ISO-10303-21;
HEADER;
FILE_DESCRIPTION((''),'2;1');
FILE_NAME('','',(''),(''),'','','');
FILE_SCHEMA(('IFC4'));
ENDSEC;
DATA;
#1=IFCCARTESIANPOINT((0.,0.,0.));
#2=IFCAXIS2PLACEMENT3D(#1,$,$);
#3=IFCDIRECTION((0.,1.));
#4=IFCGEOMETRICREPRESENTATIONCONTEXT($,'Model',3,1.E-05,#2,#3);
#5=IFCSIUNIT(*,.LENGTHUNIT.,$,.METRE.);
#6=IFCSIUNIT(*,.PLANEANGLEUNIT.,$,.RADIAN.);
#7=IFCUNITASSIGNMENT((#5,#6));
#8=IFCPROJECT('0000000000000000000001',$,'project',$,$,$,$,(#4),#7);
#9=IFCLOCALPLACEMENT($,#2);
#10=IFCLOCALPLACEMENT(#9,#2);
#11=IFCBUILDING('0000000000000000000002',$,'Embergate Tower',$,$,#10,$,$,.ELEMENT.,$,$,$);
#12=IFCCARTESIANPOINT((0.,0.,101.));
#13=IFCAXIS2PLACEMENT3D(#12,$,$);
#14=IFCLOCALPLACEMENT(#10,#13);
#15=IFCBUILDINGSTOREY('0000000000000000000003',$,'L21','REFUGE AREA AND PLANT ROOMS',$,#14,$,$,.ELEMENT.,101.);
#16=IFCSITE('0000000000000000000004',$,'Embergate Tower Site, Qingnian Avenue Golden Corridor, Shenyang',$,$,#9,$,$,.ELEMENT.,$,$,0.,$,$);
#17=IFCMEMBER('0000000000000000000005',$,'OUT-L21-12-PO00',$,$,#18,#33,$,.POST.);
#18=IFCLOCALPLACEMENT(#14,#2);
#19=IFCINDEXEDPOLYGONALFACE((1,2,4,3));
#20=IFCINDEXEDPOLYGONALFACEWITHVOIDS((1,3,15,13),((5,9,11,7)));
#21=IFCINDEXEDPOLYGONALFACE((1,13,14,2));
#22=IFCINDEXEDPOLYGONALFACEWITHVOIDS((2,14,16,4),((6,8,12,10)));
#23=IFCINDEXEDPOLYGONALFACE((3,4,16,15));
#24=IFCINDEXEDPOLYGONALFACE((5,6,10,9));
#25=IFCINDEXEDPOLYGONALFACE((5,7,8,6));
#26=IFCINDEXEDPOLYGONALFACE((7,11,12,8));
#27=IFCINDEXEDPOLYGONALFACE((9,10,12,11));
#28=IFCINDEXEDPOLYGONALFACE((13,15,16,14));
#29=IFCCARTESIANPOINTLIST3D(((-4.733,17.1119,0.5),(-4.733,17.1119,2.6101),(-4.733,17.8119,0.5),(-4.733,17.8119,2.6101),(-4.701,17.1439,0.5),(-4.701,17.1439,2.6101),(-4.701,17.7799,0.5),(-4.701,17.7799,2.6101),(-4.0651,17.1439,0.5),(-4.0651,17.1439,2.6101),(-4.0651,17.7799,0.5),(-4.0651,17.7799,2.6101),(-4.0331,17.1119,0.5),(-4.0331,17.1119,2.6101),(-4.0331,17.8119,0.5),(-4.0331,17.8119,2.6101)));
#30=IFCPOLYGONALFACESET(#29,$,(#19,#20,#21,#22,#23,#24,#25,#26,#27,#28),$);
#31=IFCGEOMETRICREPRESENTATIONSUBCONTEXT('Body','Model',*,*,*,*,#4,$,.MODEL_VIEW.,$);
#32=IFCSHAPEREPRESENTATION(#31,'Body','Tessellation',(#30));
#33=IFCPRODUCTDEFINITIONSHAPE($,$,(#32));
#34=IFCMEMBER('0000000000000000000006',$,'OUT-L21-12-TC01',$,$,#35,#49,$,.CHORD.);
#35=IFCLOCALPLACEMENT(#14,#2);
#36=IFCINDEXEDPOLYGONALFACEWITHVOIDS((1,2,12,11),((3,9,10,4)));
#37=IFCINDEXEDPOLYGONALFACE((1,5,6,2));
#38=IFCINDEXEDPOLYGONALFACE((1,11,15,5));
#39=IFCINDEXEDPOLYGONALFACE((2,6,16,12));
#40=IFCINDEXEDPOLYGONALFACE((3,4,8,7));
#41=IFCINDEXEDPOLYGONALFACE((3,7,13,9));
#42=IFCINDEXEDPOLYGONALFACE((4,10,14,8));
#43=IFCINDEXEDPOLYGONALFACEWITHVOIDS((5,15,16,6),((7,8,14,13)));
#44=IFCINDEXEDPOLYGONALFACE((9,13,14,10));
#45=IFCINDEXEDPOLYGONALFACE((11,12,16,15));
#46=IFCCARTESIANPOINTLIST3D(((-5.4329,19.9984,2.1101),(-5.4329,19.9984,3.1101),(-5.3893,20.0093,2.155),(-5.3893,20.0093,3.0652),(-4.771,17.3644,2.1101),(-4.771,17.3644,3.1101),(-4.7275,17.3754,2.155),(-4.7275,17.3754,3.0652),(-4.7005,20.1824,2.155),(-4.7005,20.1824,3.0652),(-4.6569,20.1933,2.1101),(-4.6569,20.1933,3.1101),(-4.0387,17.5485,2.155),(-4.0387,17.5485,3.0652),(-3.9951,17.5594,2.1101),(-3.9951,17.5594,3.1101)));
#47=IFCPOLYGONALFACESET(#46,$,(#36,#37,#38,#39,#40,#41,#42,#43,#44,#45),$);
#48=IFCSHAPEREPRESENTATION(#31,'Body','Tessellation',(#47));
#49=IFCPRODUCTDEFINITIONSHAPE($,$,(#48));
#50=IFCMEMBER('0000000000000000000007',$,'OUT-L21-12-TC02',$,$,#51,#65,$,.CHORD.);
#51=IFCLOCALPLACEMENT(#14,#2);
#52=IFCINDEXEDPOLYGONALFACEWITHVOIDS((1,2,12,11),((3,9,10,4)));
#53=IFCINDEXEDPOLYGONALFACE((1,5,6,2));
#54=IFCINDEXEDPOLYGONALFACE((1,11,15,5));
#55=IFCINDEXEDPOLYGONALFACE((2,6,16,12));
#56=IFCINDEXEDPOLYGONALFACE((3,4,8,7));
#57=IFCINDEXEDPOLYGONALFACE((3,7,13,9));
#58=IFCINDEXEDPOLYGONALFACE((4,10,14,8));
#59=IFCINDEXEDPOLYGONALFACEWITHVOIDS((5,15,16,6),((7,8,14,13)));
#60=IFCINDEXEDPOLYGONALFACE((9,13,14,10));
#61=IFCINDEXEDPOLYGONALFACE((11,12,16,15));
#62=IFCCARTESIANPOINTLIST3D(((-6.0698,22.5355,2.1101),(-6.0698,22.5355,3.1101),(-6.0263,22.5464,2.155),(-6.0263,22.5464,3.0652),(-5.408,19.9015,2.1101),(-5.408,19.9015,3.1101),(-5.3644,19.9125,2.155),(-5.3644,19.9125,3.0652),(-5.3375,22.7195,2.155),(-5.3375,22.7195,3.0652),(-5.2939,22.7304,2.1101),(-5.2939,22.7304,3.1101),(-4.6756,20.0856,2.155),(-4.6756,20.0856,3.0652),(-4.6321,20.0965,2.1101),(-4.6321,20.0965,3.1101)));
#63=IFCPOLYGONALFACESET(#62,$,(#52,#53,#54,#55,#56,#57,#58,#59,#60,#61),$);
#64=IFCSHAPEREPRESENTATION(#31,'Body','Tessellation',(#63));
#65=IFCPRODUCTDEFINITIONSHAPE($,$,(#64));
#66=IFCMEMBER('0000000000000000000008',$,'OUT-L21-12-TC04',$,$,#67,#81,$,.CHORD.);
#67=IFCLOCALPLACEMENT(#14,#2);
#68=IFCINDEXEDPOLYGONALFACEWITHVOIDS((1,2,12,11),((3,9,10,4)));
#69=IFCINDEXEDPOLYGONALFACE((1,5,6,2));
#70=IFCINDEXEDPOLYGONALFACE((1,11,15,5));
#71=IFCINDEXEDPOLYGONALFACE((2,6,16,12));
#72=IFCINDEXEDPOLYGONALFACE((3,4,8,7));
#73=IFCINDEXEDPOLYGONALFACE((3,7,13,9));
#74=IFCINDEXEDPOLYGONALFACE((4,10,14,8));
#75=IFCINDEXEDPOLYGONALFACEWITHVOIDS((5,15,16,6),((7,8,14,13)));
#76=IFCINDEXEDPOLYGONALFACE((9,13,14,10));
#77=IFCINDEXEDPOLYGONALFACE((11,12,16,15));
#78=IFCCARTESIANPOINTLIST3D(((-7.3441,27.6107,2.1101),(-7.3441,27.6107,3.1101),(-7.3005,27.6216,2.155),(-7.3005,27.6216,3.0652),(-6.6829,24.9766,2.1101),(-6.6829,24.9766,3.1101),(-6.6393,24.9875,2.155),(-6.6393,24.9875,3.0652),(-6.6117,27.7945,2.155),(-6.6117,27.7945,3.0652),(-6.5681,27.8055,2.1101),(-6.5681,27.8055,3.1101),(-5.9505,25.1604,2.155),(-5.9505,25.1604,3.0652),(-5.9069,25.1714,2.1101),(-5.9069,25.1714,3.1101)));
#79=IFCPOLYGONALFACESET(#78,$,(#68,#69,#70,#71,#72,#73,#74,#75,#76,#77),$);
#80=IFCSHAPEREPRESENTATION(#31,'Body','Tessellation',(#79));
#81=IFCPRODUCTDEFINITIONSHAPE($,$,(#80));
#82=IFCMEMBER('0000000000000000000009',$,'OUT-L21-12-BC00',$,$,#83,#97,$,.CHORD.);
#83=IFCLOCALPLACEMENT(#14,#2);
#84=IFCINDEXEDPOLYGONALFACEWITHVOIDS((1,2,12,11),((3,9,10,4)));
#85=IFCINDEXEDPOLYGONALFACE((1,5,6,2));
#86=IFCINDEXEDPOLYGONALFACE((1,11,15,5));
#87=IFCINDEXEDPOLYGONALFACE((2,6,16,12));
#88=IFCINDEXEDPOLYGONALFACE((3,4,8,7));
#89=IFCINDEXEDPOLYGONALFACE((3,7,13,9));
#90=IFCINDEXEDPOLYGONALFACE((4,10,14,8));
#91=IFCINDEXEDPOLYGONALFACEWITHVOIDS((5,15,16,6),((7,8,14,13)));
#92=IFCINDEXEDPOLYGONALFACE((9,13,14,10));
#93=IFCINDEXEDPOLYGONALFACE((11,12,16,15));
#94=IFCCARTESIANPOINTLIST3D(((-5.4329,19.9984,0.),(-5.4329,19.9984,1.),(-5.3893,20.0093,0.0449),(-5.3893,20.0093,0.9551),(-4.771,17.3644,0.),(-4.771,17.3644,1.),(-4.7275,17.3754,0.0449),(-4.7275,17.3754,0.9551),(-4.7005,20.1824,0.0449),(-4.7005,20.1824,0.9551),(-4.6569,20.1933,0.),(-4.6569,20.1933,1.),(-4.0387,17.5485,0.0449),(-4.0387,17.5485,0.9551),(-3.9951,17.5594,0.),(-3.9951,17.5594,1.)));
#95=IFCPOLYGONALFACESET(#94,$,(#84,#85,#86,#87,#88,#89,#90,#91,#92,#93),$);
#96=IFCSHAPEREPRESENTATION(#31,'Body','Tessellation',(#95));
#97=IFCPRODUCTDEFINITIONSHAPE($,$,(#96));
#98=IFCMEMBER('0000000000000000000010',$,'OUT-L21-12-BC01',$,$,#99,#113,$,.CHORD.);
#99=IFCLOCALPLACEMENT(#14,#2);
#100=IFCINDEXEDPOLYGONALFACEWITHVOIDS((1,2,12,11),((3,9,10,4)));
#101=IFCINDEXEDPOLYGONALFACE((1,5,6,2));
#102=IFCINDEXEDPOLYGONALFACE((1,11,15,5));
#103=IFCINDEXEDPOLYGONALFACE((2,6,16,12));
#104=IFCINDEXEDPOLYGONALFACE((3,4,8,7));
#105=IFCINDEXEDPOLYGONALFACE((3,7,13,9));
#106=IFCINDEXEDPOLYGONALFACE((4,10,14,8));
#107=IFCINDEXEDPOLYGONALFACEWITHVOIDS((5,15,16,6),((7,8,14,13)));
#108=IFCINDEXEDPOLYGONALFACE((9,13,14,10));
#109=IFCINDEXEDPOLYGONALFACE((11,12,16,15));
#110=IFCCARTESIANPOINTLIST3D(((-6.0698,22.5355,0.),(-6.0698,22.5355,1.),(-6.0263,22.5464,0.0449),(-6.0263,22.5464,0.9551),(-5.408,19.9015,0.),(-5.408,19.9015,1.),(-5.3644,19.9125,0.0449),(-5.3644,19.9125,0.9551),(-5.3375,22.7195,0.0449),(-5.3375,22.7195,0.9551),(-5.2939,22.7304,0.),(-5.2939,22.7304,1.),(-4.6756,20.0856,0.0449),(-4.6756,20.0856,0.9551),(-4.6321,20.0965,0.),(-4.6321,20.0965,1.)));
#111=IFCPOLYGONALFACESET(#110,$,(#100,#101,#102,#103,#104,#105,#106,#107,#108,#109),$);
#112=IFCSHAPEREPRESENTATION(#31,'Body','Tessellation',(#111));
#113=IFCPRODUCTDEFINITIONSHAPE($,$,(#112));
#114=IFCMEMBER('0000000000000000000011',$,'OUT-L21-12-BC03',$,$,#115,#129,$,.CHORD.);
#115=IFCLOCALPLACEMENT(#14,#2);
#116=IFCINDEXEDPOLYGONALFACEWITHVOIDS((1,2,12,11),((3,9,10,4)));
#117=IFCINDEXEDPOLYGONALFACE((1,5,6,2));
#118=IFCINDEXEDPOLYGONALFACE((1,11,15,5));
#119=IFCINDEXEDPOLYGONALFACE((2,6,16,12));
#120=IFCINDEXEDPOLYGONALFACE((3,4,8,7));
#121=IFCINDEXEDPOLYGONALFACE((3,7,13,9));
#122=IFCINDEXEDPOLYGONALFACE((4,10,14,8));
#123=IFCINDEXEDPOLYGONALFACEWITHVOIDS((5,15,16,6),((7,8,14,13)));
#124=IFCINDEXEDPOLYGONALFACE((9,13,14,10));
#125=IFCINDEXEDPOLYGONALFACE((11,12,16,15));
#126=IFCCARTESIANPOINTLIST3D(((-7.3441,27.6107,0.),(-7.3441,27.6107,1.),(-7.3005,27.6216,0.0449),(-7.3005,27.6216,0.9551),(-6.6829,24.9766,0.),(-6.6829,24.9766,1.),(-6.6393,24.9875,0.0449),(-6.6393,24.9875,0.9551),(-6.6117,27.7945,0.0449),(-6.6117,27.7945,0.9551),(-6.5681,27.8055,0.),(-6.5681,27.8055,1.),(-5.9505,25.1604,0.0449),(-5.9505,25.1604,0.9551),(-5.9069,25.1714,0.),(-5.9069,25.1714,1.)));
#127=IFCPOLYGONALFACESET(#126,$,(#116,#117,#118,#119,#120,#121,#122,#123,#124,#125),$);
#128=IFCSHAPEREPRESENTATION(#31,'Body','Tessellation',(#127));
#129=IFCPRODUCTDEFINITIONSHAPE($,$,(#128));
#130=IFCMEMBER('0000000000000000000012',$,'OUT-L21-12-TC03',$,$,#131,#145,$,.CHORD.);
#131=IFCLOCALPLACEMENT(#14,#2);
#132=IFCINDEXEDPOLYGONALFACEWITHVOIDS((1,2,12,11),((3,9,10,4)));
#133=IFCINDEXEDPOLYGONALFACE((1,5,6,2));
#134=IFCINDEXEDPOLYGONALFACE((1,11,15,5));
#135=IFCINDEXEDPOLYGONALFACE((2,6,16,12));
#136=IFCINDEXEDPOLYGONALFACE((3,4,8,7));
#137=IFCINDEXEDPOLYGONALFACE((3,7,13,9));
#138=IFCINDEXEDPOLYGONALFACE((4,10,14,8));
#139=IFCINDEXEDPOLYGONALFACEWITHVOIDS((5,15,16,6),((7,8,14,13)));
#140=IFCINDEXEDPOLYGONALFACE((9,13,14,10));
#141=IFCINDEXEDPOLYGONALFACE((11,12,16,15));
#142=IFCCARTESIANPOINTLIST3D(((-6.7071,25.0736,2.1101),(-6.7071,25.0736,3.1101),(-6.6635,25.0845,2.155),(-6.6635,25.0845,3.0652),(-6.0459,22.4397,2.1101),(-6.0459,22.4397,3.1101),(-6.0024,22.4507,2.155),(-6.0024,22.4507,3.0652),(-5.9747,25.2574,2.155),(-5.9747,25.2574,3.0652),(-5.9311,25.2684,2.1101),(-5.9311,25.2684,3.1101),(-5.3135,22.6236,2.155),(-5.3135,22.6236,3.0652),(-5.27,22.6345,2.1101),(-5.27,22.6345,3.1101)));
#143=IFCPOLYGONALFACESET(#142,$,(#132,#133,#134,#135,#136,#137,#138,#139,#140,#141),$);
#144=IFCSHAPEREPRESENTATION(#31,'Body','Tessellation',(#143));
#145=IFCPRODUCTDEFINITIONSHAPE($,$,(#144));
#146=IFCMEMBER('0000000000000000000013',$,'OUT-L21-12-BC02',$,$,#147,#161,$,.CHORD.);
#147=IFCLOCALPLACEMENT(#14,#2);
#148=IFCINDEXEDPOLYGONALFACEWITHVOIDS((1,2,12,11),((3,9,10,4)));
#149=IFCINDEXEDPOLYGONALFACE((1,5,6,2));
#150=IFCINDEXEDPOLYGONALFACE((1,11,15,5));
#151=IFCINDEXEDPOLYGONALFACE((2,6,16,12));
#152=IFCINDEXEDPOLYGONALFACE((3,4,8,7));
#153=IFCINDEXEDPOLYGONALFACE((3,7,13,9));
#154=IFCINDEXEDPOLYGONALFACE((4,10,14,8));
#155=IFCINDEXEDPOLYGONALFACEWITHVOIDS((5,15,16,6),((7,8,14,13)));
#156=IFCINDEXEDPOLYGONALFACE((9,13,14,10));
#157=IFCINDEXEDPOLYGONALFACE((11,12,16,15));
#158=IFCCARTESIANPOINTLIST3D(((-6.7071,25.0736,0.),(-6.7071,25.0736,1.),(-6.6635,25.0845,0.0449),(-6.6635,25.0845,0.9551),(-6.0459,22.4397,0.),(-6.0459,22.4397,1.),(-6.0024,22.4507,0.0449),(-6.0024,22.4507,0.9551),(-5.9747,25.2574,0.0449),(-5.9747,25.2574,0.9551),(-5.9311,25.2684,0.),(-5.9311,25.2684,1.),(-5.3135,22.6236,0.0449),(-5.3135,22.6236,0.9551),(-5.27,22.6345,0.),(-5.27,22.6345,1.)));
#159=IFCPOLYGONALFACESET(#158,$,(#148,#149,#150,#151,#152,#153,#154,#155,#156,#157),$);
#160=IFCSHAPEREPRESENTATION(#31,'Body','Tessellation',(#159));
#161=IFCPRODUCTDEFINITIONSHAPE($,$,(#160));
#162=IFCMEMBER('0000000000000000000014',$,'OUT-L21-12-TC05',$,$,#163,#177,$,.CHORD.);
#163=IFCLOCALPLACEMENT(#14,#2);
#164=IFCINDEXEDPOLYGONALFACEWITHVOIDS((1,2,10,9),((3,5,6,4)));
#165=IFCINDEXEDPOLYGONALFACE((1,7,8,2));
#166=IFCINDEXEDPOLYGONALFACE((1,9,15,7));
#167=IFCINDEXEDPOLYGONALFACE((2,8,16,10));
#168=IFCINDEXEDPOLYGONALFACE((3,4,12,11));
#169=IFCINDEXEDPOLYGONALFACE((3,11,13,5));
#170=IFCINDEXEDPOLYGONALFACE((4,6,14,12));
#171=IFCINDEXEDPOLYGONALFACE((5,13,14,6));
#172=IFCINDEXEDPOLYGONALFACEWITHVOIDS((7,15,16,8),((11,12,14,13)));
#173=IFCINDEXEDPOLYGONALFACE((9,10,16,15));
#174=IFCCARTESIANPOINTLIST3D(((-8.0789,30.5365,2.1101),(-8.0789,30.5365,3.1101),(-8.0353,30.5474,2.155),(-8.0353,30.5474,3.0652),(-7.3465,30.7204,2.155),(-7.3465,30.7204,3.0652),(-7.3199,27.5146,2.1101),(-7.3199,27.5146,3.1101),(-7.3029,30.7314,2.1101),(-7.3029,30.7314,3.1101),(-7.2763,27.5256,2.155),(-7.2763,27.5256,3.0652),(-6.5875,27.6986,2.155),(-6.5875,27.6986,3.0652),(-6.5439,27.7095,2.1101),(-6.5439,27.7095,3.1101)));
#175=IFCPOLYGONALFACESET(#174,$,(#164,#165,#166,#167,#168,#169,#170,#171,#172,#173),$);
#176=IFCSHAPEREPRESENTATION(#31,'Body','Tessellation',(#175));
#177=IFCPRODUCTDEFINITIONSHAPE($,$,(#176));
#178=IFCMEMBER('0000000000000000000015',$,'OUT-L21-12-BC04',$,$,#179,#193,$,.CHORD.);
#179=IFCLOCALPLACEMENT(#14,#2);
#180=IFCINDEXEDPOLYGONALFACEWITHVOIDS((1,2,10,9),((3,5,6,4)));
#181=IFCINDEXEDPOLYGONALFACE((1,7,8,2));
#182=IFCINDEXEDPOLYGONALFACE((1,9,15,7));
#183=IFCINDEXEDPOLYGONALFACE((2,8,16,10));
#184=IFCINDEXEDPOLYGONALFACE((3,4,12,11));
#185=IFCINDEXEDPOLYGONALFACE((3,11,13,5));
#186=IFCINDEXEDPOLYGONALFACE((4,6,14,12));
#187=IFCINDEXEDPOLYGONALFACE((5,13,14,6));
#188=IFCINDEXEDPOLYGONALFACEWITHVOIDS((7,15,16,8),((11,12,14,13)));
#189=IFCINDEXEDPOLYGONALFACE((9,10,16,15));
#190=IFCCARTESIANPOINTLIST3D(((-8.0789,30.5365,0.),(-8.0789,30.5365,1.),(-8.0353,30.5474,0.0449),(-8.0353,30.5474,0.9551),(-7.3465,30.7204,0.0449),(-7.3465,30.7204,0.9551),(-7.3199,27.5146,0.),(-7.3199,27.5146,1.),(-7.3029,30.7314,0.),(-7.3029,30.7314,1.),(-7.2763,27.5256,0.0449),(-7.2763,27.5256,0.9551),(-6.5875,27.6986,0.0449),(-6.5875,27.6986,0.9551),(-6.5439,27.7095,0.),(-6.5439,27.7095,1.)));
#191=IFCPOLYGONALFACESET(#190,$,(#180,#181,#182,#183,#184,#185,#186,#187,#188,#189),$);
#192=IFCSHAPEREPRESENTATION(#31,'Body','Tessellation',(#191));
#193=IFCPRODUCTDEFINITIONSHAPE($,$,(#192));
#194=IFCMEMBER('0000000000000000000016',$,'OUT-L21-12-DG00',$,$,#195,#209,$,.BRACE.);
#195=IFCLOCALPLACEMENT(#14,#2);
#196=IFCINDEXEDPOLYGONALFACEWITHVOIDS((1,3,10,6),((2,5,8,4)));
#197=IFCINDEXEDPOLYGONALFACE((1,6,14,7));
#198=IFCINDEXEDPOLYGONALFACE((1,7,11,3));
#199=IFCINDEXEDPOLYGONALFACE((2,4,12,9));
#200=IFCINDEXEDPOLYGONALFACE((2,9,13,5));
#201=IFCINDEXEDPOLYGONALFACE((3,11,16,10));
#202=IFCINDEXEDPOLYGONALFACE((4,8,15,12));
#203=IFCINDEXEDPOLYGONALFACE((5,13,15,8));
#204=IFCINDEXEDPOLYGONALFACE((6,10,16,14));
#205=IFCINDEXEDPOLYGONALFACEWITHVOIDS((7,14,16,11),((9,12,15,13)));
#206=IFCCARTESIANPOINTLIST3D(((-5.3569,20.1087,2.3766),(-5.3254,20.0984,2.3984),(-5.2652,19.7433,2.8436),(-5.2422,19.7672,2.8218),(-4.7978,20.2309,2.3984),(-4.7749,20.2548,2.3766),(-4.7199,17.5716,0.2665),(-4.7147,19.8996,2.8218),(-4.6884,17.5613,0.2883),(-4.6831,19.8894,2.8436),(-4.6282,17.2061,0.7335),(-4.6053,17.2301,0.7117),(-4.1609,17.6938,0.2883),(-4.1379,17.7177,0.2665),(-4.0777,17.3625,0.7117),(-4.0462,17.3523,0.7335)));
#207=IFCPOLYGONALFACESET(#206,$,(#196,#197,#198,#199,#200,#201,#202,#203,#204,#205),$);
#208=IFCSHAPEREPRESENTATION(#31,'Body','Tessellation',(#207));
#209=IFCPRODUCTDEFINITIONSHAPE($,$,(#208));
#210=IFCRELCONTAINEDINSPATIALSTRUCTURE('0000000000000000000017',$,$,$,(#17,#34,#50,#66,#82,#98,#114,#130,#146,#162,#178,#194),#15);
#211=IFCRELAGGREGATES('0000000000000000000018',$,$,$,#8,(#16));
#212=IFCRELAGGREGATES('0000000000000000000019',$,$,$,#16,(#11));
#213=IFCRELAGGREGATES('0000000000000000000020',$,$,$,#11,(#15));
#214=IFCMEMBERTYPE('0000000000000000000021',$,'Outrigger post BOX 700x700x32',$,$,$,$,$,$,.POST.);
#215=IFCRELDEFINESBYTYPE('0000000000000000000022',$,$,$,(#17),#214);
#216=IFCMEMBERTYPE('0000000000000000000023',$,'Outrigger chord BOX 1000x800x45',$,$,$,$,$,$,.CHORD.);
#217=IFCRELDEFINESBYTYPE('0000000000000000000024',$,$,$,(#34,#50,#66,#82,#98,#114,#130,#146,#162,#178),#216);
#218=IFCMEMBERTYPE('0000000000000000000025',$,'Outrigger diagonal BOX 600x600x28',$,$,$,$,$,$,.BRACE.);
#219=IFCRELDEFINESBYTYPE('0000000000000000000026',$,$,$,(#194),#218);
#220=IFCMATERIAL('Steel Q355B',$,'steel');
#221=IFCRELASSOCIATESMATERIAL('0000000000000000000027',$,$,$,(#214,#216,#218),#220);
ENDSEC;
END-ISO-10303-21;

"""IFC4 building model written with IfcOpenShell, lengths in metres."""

from ifc_helpers import new_model, si_unit, direction, frame, origin, origin_2d, place, context, subcontext, project, spatial, hollow_rectangle, extrude, source, transform, mapped, material, material_profile, profile_set, type_object, element, save


model = new_model("IFC4")

# Units and contexts
model_context = context("Model", 3, precision=1e-05, world=origin(), true_north=direction((0.0, 1.0)))
body_context = subcontext(model_context, "Body", "Model", "MODEL_VIEW")
ifc_project = project(units=[si_unit("LENGTHUNIT", "METRE"), si_unit("PLANEANGLEUNIT", "RADIAN")], contexts=[model_context])

# Site, building, storey
site_placement = place(None, origin())
site = spatial("IfcSite", under=ifc_project, at=site_placement, Name="Embergate Tower Site, Qingnian Avenue Golden Corridor, Shenyang", CompositionType="ELEMENT", RefElevation=0.0)
building_placement = place(site_placement, origin())
building = spatial("IfcBuilding", under=site, at=building_placement, Name="Embergate Tower", CompositionType="ELEMENT")
storey_placement = place(building_placement, frame((0.0, 0.0, 101.0)))
storey = spatial("IfcBuildingStorey", under=building, at=storey_placement, Name="L21", Description="REFUGE AREA AND PLANT ROOMS", CompositionType="ELEMENT", Elevation=101.0)

# Members
ifc_material_1 = material(Name="Steel Q355B", Category="steel")
ifc_material_profile_1 = material_profile(ifc_material_1, hollow_rectangle(XDim=0.7, YDim=0.7, WallThickness=0.032, at=origin_2d()), Name="BOX 700x700x32")
ifc_profile_set_1 = profile_set([ifc_material_profile_1], Name="Steel Q355 grade B")
member_type_1 = type_object("IfcMemberType", Name="Outrigger post BOX 700x700x32", PredefinedType="POST", material=ifc_profile_set_1)
shared_shape_1 = source(origin(), body_context, "Body", "SweptSolid", [
    extrude(hollow_rectangle(XDim=0.7, YDim=0.7, WallThickness=0.032, at=origin_2d()), origin(), (0.0, 0.0, 1.0), 2.1101),
])
member_1_placement = place(storey_placement, frame((-4.3831, 17.4619, 0.5), z_axis=(0.0, 0.0, 1.0), x_axis=(1.0, 0.0, 0.0)))
element("IfcMember", 1, at=member_1_placement, inside=storey, type_object=member_type_1, Name="OUT-L21-12-PO00", PredefinedType="POST", context=body_context, shape_type="MappedRepresentation", body=[
    mapped(shared_shape_1, transform((0.0, 0.0, 0.0))),
])
ifc_material_profile_2 = material_profile(ifc_material_1, hollow_rectangle(XDim=0.8, YDim=1.0, WallThickness=0.0449, at=origin_2d()), Name="BOX 1000x800x45")
ifc_profile_set_2 = profile_set([ifc_material_profile_2], Name="Steel Q355 grade B")
member_type_2 = type_object("IfcMemberType", Name="Outrigger chord BOX 1000x800x45", PredefinedType="CHORD", material=ifc_profile_set_2)
shared_shape_2 = source(origin(), body_context, "Body", "SweptSolid", [
    extrude(hollow_rectangle(XDim=0.8, YDim=1.0, WallThickness=0.0449, at=origin_2d()), origin(), (0.0, 0.0, 1.0), 2.7158),
])
for number, where, z_axis, x_axis, name in (
    (2, (-4.3831, 17.4619, 2.6101), (-0.243699, 0.969851, 0.0), (-0.969851, -0.243699, 0.0), "OUT-L21-12-TC01"),
    (3, (-5.02, 19.999, 2.6101), (-0.243699, 0.969851, 0.0), (-0.969851, -0.243699, 0.0), "OUT-L21-12-TC02"),
    (4, (-6.2949, 25.074, 2.6101), (-0.243445, 0.969915, 0.0), (-0.969915, -0.243445, 0.0), "OUT-L21-12-TC04"),
    (5, (-4.3831, 17.4619, 0.5), (-0.243699, 0.969851, 0.0), (-0.969851, -0.243699, 0.0), "OUT-L21-12-BC00"),
    (6, (-5.02, 19.999, 0.5), (-0.243699, 0.969851, 0.0), (-0.969851, -0.243699, 0.0), "OUT-L21-12-BC01"),
    (7, (-6.2949, 25.074, 0.5), (-0.243445, 0.969915, 0.0), (-0.969915, -0.243445, 0.0), "OUT-L21-12-BC03"),
):
    element("IfcMember", number, at=place(storey_placement, frame(where, z_axis=z_axis, x_axis=x_axis)), inside=storey, type_object=member_type_2, Name=name, PredefinedType="CHORD", context=body_context, shape_type="MappedRepresentation", body=[
        mapped(shared_shape_2, transform((0.0, 0.0, 0.0))),
    ])
shared_shape_3 = source(origin(), body_context, "Body", "SweptSolid", [
    extrude(hollow_rectangle(XDim=0.8, YDim=1.0, WallThickness=0.0449, at=origin_2d()), origin(), (0.0, 0.0, 1.0), 2.7156),
])
for number, where, z_axis, x_axis, name in (
    (8, (-5.658, 22.5371, 2.6101), (-0.243466, 0.969909, 0.0), (-0.969909, -0.243466, 0.0), "OUT-L21-12-TC03"),
    (9, (-5.658, 22.5371, 0.5), (-0.243466, 0.969909, 0.0), (-0.969909, -0.243466, 0.0), "OUT-L21-12-BC02"),
):
    element("IfcMember", number, at=place(storey_placement, frame(where, z_axis=z_axis, x_axis=x_axis)), inside=storey, type_object=member_type_2, Name=name, PredefinedType="CHORD", context=body_context, shape_type="MappedRepresentation", body=[
        mapped(shared_shape_3, transform((0.0, 0.0, 0.0))),
    ])
shared_shape_4 = source(origin(), body_context, "Body", "SweptSolid", [
    extrude(hollow_rectangle(XDim=0.8, YDim=1.0, WallThickness=0.0449, at=origin_2d()), origin(), (0.0, 0.0, 1.0), 3.1157),
])
for number, where, z_axis, x_axis, name in (
    (10, (-6.9319, 27.6121, 2.6101), (-0.243605, 0.969875, 0.0), (-0.969875, -0.243605, 0.0), "OUT-L21-12-TC05"),
    (11, (-6.9319, 27.6121, 0.5), (-0.243605, 0.969875, 0.0), (-0.969875, -0.243605, 0.0), "OUT-L21-12-BC04"),
):
    element("IfcMember", number, at=place(storey_placement, frame(where, z_axis=z_axis, x_axis=x_axis)), inside=storey, type_object=member_type_2, Name=name, PredefinedType="CHORD", context=body_context, shape_type="MappedRepresentation", body=[
        mapped(shared_shape_4, transform((0.0, 0.0, 0.0))),
    ])
ifc_material_profile_3 = material_profile(ifc_material_1, hollow_rectangle(XDim=0.6001, YDim=0.6001, WallThickness=0.0281, at=origin_2d()), Name="BOX 600x600x28")
ifc_profile_set_3 = profile_set([ifc_material_profile_3], Name="Steel Q355 grade B")
member_type_3 = type_object("IfcMemberType", Name="Outrigger diagonal BOX 600x600x28", PredefinedType="BRACE", material=ifc_profile_set_3)
shared_shape_5 = source(origin(), body_context, "Body", "SweptSolid", [
    extrude(hollow_rectangle(XDim=0.6001, YDim=0.6001, WallThickness=0.0281, at=origin_2d()), origin(), (0.0, 0.0, 1.0), 3.3608),
])
member_2_placement = place(storey_placement, frame((-4.3831, 17.4619, 0.5), z_axis=(-0.189525, 0.754905, 0.627852), x_axis=(-0.9699, -0.243502, 0.0)))
element("IfcMember", 12, at=member_2_placement, inside=storey, type_object=member_type_3, Name="OUT-L21-12-DG00", PredefinedType="BRACE", context=body_context, shape_type="MappedRepresentation", body=[
    mapped(shared_shape_5, transform((0.0, 0.0, 0.0))),
])

save(model, "model.ifc")
